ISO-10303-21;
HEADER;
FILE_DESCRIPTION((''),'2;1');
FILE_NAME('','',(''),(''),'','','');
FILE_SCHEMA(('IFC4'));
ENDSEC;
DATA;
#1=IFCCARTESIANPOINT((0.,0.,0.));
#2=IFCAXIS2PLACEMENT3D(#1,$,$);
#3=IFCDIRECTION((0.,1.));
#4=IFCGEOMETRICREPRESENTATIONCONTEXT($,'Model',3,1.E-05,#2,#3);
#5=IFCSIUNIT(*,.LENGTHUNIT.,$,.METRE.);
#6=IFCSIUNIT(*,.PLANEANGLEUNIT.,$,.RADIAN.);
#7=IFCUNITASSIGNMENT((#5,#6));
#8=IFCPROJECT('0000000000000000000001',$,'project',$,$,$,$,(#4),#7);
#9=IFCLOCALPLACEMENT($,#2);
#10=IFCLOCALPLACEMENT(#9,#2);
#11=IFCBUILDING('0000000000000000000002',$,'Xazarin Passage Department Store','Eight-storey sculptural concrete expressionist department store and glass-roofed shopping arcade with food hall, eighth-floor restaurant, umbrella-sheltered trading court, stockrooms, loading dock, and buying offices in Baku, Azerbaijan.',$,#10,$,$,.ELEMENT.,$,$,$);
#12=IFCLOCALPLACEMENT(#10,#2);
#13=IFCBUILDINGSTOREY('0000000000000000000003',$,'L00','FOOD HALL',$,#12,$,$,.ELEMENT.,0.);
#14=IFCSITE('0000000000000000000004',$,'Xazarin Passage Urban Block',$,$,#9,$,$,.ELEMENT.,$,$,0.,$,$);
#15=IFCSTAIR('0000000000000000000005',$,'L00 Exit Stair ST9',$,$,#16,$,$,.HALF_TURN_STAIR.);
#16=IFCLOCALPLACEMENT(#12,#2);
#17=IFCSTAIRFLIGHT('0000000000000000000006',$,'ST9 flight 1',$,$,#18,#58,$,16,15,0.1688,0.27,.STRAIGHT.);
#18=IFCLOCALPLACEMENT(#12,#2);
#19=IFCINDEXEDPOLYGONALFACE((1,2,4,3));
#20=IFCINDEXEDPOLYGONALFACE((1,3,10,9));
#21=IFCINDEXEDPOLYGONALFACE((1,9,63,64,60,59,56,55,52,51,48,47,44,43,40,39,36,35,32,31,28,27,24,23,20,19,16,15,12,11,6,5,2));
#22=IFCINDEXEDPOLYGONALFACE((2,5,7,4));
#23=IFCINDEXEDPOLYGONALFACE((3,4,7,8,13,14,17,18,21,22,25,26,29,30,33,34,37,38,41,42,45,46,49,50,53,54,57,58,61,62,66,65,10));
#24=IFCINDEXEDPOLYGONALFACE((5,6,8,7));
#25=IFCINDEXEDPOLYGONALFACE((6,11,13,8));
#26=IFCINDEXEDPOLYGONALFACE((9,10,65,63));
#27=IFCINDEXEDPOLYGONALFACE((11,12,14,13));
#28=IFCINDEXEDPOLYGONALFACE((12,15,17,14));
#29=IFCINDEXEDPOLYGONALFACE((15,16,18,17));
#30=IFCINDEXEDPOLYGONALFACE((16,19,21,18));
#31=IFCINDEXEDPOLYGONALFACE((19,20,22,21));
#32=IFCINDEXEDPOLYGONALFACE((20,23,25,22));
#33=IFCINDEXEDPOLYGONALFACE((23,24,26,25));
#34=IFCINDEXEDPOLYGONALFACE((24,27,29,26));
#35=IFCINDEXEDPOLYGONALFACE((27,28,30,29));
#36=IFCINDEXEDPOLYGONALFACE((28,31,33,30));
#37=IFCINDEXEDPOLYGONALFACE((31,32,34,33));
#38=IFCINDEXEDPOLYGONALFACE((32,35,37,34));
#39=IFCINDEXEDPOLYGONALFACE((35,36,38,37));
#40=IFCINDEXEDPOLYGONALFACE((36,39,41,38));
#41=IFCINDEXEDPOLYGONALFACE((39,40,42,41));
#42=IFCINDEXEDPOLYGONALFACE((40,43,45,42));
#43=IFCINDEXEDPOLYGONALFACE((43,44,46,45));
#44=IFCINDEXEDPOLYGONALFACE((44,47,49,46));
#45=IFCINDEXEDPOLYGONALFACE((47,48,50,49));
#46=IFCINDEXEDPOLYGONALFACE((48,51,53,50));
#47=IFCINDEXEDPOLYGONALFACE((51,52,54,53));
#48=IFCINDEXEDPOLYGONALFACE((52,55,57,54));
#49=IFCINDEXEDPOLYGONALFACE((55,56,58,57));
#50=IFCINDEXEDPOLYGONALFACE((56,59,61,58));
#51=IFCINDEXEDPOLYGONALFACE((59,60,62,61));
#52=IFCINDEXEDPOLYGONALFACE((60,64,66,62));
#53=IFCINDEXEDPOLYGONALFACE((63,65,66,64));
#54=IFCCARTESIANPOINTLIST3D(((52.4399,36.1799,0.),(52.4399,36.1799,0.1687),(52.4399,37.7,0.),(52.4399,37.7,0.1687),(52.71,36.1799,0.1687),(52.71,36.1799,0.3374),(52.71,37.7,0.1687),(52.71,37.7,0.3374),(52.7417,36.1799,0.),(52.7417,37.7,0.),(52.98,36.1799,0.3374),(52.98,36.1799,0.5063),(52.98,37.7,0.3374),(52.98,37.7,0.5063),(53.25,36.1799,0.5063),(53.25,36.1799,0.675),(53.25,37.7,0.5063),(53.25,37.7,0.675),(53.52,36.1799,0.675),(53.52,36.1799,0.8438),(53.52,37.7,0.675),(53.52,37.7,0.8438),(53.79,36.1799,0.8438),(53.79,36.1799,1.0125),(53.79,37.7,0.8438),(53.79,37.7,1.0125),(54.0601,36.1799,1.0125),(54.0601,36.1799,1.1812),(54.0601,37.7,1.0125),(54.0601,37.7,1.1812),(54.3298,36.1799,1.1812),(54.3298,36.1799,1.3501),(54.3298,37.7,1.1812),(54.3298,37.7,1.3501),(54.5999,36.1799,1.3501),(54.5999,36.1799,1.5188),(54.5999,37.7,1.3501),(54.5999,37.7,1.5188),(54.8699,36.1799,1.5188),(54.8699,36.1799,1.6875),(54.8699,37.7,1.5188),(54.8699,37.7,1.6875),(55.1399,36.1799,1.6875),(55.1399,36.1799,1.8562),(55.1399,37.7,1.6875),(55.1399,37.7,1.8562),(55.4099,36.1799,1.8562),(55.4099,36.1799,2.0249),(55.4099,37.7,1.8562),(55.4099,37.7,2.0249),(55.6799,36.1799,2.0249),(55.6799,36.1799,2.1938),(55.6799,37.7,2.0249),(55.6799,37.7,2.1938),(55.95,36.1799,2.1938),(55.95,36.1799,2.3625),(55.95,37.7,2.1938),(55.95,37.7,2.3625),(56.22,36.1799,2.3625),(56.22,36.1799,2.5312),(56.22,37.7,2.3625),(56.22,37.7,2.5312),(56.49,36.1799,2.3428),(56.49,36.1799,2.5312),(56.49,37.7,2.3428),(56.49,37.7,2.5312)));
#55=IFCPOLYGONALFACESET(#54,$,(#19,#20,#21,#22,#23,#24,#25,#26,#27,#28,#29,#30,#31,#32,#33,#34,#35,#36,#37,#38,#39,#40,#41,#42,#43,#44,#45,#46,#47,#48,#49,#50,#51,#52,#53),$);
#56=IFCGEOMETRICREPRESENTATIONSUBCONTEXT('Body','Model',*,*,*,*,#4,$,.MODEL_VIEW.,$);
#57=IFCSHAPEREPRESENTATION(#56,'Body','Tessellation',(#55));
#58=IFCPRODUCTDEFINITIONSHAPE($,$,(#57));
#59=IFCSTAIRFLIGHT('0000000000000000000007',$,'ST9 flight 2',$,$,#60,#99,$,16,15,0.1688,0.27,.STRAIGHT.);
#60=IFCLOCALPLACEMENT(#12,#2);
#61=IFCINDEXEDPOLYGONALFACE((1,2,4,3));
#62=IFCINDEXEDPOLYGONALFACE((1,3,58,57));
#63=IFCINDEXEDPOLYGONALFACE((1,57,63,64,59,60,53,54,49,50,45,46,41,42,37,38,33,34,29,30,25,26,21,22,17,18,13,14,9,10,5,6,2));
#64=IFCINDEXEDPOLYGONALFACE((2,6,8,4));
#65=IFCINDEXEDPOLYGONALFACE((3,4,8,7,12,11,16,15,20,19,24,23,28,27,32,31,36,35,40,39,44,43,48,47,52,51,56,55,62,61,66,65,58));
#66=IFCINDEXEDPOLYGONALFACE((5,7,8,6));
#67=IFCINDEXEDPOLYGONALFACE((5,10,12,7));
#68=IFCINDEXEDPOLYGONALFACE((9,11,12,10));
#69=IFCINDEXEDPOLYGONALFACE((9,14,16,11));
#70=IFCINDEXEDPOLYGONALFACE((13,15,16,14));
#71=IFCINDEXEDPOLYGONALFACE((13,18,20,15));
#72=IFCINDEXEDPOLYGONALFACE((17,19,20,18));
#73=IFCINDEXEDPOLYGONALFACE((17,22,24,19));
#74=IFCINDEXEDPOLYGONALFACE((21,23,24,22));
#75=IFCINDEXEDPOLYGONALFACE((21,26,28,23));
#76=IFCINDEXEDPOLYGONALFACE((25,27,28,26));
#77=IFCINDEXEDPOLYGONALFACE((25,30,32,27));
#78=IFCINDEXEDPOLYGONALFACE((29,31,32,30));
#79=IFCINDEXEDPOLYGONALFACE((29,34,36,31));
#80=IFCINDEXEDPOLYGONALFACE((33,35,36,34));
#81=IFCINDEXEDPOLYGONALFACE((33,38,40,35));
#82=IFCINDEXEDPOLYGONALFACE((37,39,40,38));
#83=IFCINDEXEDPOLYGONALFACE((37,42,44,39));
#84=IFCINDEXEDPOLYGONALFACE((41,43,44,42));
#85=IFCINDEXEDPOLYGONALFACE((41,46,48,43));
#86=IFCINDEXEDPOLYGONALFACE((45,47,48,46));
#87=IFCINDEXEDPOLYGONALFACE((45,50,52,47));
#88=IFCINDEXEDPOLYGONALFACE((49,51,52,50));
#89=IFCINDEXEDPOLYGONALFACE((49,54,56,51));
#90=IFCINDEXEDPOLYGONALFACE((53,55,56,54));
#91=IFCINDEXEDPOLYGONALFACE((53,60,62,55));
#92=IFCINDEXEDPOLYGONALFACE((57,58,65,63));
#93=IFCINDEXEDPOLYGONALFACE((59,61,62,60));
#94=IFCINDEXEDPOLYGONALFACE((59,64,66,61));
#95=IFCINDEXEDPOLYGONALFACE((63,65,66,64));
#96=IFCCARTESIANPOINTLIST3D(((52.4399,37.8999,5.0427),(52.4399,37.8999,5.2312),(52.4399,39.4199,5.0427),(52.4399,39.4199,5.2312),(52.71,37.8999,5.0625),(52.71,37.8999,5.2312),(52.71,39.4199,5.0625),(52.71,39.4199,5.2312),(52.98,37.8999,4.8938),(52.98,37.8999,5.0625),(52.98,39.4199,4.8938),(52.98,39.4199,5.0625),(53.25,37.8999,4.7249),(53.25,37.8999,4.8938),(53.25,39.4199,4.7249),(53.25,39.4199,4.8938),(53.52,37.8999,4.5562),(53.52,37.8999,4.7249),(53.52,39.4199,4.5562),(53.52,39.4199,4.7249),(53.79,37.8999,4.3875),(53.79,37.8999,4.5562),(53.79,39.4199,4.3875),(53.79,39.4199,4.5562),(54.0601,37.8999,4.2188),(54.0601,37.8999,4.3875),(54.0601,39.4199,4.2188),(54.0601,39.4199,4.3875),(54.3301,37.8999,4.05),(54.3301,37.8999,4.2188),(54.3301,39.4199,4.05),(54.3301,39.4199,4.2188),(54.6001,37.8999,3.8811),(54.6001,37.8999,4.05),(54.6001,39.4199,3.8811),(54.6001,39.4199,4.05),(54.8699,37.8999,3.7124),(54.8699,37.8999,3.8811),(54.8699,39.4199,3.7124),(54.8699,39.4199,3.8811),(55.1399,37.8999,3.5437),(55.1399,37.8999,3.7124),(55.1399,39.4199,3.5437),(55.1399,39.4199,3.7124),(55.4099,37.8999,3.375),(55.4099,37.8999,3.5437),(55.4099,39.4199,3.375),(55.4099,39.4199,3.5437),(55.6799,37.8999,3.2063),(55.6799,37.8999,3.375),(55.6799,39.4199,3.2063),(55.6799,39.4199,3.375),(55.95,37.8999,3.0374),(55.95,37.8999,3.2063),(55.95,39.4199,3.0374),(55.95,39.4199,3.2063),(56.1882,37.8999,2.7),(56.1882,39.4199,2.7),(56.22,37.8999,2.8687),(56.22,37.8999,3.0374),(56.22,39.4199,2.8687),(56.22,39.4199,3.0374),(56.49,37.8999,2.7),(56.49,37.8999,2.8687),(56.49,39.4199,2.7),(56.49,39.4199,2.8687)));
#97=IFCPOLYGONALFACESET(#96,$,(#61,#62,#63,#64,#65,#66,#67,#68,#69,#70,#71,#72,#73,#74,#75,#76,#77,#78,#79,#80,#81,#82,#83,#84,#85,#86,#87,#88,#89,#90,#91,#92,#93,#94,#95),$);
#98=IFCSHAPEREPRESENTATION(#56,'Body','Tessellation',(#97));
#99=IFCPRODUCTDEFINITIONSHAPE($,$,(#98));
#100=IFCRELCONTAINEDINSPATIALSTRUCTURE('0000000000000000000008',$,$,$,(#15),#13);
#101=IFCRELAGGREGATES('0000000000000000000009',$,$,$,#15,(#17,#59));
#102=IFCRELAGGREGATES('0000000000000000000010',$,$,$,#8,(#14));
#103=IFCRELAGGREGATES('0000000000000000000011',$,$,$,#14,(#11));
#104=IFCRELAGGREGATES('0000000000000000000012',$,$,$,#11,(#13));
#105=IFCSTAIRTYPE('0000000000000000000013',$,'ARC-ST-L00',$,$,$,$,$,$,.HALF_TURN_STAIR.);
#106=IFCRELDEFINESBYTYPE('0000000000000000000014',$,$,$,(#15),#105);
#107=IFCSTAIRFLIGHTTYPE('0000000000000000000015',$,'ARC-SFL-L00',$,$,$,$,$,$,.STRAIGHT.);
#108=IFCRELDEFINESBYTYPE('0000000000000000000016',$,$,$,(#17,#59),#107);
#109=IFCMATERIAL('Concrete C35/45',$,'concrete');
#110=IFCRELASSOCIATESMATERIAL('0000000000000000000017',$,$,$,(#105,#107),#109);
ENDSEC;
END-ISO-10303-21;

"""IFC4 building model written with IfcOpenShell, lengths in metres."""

from ifc_helpers import new_model, si_unit, direction, frame, origin, place, context, subcontext, project, spatial, polyline, outline, extrude, material, type_object, element, aggregate, save


model = new_model("IFC4")

# Units and contexts
model_context = context("Model", 3, precision=1e-05, world=origin(), true_north=direction((0.0, 1.0)))
body_context = subcontext(model_context, "Body", "Model", "MODEL_VIEW")
ifc_project = project(units=[si_unit("LENGTHUNIT", "METRE"), si_unit("PLANEANGLEUNIT", "RADIAN")], contexts=[model_context])

# Site, building, storey
site_placement = place(None, origin())
site = spatial("IfcSite", under=ifc_project, at=site_placement, Name="Xazarin Passage Urban Block", CompositionType="ELEMENT", RefElevation=0.0)
building_placement = place(site_placement, origin())
building = spatial("IfcBuilding", under=site, at=building_placement, Name="Xazarin Passage Department Store", Description="Eight-storey sculptural concrete expressionist department store and glass-roofed shopping arcade with food hall, eighth-floor restaurant, umbrella-sheltered trading court, stockrooms, loading dock, and buying offices in Baku, Azerbaijan.", CompositionType="ELEMENT")
storey_placement = place(building_placement, origin())
storey = spatial("IfcBuildingStorey", under=building, at=storey_placement, Name="L00", Description="FOOD HALL", CompositionType="ELEMENT", Elevation=0.0)

# Shared definitions
ifc_material_1 = material(Name="Concrete C35/45", Category="concrete")

# Stair, stair flights
stair_type = type_object("IfcStairType", Name="ARC-ST-L00", PredefinedType="HALF_TURN_STAIR", material=ifc_material_1)
stair_placement = place(storey_placement, origin())
stair = element("IfcStair", 1, at=stair_placement, inside=storey, type_object=stair_type, Name="L00 Exit Stair ST9", PredefinedType="HALF_TURN_STAIR")
stair_flight_type = type_object("IfcStairFlightType", Name="ARC-SFL-L00", PredefinedType="STRAIGHT", material=ifc_material_1)
stair_flight_1_placement = place(storey_placement, frame((52.4399, 36.9399, 0.0), z_axis=(0.0, 0.0, 1.0), x_axis=(1.0, 0.0, 0.0)))
stair_flight_1 = element("IfcStairFlight", 2, at=stair_flight_1_placement, type_object=stair_flight_type, Name="ST9 flight 1", NumberOfRisers=16, NumberOfTreads=15, PredefinedType="STRAIGHT", RiserHeight=0.1688, TreadLength=0.27, context=body_context, shape_type="SweptSolid", body=[
    extrude(outline(polyline([(0.0, 0.0), (0.0, 0.1687), (0.27, 0.1687), (0.27, 0.3374), (0.54, 0.3374), (0.54, 0.5063), (0.8101, 0.5063), (0.8101, 0.675), (1.0801, 0.675), (1.0801, 0.8438), (1.3501, 0.8438), (1.3501, 1.0125), (1.6201, 1.0125), (1.6201, 1.1812), (1.8899, 1.1812), (1.8899, 1.3501), (2.1599, 1.3501), (2.1599, 1.5188), (2.4299, 1.5188), (2.4299, 1.6875), (2.7, 1.6875), (2.7, 1.8562), (2.97, 1.8562), (2.97, 2.0249), (3.24, 2.0249), (3.24, 2.1938), (3.51, 2.1938), (3.51, 2.3625), (3.78, 2.3625), (3.78, 2.5312), (4.05, 2.5312), (4.05, 2.7), (4.05, 2.3428), (0.3018, 0.0), (0.0, 0.0)])), frame((0.0, 0.76, 0.0), z_axis=(0.0, -1.0, 0.0), x_axis=(1.0, 0.0, 0.0)), (0.0, 0.0, 1.0), 1.52),
])
stair_flight_2_placement = place(storey_placement, frame((56.49, 38.6599, 2.7), z_axis=(0.0, 0.0, 1.0), x_axis=(-1.0, 0.0, 0.0)))
stair_flight_2 = element("IfcStairFlight", 3, at=stair_flight_2_placement, type_object=stair_flight_type, Name="ST9 flight 2", NumberOfRisers=16, NumberOfTreads=15, PredefinedType="STRAIGHT", RiserHeight=0.1688, TreadLength=0.27, context=body_context, shape_type="SweptSolid", body=[
    extrude(outline(polyline([(0.0, 0.0), (0.0, 0.1687), (0.27, 0.1687), (0.27, 0.3374), (0.54, 0.3374), (0.54, 0.5063), (0.8101, 0.5063), (0.8101, 0.675), (1.0801, 0.675), (1.0801, 0.8438), (1.3501, 0.8438), (1.3501, 1.0125), (1.6201, 1.0125), (1.6201, 1.1812), (1.8899, 1.1812), (1.8899, 1.3501), (2.1599, 1.3501), (2.1599, 1.5188), (2.4299, 1.5188), (2.4299, 1.6875), (2.7, 1.6875), (2.7, 1.8562), (2.97, 1.8562), (2.97, 2.0249), (3.24, 2.0249), (3.24, 2.1938), (3.51, 2.1938), (3.51, 2.3625), (3.78, 2.3625), (3.78, 2.5312), (4.05, 2.5312), (4.05, 2.7), (4.05, 2.3428), (0.3018, 0.0), (0.0, 0.0)])), frame((0.0, 0.76, 0.0), z_axis=(0.0, -1.0, 0.0), x_axis=(1.0, 0.0, 0.0)), (0.0, 0.0, 1.0), 1.52),
])
aggregate(stair, [stair_flight_1, stair_flight_2])

save(model, "model.ifc")
